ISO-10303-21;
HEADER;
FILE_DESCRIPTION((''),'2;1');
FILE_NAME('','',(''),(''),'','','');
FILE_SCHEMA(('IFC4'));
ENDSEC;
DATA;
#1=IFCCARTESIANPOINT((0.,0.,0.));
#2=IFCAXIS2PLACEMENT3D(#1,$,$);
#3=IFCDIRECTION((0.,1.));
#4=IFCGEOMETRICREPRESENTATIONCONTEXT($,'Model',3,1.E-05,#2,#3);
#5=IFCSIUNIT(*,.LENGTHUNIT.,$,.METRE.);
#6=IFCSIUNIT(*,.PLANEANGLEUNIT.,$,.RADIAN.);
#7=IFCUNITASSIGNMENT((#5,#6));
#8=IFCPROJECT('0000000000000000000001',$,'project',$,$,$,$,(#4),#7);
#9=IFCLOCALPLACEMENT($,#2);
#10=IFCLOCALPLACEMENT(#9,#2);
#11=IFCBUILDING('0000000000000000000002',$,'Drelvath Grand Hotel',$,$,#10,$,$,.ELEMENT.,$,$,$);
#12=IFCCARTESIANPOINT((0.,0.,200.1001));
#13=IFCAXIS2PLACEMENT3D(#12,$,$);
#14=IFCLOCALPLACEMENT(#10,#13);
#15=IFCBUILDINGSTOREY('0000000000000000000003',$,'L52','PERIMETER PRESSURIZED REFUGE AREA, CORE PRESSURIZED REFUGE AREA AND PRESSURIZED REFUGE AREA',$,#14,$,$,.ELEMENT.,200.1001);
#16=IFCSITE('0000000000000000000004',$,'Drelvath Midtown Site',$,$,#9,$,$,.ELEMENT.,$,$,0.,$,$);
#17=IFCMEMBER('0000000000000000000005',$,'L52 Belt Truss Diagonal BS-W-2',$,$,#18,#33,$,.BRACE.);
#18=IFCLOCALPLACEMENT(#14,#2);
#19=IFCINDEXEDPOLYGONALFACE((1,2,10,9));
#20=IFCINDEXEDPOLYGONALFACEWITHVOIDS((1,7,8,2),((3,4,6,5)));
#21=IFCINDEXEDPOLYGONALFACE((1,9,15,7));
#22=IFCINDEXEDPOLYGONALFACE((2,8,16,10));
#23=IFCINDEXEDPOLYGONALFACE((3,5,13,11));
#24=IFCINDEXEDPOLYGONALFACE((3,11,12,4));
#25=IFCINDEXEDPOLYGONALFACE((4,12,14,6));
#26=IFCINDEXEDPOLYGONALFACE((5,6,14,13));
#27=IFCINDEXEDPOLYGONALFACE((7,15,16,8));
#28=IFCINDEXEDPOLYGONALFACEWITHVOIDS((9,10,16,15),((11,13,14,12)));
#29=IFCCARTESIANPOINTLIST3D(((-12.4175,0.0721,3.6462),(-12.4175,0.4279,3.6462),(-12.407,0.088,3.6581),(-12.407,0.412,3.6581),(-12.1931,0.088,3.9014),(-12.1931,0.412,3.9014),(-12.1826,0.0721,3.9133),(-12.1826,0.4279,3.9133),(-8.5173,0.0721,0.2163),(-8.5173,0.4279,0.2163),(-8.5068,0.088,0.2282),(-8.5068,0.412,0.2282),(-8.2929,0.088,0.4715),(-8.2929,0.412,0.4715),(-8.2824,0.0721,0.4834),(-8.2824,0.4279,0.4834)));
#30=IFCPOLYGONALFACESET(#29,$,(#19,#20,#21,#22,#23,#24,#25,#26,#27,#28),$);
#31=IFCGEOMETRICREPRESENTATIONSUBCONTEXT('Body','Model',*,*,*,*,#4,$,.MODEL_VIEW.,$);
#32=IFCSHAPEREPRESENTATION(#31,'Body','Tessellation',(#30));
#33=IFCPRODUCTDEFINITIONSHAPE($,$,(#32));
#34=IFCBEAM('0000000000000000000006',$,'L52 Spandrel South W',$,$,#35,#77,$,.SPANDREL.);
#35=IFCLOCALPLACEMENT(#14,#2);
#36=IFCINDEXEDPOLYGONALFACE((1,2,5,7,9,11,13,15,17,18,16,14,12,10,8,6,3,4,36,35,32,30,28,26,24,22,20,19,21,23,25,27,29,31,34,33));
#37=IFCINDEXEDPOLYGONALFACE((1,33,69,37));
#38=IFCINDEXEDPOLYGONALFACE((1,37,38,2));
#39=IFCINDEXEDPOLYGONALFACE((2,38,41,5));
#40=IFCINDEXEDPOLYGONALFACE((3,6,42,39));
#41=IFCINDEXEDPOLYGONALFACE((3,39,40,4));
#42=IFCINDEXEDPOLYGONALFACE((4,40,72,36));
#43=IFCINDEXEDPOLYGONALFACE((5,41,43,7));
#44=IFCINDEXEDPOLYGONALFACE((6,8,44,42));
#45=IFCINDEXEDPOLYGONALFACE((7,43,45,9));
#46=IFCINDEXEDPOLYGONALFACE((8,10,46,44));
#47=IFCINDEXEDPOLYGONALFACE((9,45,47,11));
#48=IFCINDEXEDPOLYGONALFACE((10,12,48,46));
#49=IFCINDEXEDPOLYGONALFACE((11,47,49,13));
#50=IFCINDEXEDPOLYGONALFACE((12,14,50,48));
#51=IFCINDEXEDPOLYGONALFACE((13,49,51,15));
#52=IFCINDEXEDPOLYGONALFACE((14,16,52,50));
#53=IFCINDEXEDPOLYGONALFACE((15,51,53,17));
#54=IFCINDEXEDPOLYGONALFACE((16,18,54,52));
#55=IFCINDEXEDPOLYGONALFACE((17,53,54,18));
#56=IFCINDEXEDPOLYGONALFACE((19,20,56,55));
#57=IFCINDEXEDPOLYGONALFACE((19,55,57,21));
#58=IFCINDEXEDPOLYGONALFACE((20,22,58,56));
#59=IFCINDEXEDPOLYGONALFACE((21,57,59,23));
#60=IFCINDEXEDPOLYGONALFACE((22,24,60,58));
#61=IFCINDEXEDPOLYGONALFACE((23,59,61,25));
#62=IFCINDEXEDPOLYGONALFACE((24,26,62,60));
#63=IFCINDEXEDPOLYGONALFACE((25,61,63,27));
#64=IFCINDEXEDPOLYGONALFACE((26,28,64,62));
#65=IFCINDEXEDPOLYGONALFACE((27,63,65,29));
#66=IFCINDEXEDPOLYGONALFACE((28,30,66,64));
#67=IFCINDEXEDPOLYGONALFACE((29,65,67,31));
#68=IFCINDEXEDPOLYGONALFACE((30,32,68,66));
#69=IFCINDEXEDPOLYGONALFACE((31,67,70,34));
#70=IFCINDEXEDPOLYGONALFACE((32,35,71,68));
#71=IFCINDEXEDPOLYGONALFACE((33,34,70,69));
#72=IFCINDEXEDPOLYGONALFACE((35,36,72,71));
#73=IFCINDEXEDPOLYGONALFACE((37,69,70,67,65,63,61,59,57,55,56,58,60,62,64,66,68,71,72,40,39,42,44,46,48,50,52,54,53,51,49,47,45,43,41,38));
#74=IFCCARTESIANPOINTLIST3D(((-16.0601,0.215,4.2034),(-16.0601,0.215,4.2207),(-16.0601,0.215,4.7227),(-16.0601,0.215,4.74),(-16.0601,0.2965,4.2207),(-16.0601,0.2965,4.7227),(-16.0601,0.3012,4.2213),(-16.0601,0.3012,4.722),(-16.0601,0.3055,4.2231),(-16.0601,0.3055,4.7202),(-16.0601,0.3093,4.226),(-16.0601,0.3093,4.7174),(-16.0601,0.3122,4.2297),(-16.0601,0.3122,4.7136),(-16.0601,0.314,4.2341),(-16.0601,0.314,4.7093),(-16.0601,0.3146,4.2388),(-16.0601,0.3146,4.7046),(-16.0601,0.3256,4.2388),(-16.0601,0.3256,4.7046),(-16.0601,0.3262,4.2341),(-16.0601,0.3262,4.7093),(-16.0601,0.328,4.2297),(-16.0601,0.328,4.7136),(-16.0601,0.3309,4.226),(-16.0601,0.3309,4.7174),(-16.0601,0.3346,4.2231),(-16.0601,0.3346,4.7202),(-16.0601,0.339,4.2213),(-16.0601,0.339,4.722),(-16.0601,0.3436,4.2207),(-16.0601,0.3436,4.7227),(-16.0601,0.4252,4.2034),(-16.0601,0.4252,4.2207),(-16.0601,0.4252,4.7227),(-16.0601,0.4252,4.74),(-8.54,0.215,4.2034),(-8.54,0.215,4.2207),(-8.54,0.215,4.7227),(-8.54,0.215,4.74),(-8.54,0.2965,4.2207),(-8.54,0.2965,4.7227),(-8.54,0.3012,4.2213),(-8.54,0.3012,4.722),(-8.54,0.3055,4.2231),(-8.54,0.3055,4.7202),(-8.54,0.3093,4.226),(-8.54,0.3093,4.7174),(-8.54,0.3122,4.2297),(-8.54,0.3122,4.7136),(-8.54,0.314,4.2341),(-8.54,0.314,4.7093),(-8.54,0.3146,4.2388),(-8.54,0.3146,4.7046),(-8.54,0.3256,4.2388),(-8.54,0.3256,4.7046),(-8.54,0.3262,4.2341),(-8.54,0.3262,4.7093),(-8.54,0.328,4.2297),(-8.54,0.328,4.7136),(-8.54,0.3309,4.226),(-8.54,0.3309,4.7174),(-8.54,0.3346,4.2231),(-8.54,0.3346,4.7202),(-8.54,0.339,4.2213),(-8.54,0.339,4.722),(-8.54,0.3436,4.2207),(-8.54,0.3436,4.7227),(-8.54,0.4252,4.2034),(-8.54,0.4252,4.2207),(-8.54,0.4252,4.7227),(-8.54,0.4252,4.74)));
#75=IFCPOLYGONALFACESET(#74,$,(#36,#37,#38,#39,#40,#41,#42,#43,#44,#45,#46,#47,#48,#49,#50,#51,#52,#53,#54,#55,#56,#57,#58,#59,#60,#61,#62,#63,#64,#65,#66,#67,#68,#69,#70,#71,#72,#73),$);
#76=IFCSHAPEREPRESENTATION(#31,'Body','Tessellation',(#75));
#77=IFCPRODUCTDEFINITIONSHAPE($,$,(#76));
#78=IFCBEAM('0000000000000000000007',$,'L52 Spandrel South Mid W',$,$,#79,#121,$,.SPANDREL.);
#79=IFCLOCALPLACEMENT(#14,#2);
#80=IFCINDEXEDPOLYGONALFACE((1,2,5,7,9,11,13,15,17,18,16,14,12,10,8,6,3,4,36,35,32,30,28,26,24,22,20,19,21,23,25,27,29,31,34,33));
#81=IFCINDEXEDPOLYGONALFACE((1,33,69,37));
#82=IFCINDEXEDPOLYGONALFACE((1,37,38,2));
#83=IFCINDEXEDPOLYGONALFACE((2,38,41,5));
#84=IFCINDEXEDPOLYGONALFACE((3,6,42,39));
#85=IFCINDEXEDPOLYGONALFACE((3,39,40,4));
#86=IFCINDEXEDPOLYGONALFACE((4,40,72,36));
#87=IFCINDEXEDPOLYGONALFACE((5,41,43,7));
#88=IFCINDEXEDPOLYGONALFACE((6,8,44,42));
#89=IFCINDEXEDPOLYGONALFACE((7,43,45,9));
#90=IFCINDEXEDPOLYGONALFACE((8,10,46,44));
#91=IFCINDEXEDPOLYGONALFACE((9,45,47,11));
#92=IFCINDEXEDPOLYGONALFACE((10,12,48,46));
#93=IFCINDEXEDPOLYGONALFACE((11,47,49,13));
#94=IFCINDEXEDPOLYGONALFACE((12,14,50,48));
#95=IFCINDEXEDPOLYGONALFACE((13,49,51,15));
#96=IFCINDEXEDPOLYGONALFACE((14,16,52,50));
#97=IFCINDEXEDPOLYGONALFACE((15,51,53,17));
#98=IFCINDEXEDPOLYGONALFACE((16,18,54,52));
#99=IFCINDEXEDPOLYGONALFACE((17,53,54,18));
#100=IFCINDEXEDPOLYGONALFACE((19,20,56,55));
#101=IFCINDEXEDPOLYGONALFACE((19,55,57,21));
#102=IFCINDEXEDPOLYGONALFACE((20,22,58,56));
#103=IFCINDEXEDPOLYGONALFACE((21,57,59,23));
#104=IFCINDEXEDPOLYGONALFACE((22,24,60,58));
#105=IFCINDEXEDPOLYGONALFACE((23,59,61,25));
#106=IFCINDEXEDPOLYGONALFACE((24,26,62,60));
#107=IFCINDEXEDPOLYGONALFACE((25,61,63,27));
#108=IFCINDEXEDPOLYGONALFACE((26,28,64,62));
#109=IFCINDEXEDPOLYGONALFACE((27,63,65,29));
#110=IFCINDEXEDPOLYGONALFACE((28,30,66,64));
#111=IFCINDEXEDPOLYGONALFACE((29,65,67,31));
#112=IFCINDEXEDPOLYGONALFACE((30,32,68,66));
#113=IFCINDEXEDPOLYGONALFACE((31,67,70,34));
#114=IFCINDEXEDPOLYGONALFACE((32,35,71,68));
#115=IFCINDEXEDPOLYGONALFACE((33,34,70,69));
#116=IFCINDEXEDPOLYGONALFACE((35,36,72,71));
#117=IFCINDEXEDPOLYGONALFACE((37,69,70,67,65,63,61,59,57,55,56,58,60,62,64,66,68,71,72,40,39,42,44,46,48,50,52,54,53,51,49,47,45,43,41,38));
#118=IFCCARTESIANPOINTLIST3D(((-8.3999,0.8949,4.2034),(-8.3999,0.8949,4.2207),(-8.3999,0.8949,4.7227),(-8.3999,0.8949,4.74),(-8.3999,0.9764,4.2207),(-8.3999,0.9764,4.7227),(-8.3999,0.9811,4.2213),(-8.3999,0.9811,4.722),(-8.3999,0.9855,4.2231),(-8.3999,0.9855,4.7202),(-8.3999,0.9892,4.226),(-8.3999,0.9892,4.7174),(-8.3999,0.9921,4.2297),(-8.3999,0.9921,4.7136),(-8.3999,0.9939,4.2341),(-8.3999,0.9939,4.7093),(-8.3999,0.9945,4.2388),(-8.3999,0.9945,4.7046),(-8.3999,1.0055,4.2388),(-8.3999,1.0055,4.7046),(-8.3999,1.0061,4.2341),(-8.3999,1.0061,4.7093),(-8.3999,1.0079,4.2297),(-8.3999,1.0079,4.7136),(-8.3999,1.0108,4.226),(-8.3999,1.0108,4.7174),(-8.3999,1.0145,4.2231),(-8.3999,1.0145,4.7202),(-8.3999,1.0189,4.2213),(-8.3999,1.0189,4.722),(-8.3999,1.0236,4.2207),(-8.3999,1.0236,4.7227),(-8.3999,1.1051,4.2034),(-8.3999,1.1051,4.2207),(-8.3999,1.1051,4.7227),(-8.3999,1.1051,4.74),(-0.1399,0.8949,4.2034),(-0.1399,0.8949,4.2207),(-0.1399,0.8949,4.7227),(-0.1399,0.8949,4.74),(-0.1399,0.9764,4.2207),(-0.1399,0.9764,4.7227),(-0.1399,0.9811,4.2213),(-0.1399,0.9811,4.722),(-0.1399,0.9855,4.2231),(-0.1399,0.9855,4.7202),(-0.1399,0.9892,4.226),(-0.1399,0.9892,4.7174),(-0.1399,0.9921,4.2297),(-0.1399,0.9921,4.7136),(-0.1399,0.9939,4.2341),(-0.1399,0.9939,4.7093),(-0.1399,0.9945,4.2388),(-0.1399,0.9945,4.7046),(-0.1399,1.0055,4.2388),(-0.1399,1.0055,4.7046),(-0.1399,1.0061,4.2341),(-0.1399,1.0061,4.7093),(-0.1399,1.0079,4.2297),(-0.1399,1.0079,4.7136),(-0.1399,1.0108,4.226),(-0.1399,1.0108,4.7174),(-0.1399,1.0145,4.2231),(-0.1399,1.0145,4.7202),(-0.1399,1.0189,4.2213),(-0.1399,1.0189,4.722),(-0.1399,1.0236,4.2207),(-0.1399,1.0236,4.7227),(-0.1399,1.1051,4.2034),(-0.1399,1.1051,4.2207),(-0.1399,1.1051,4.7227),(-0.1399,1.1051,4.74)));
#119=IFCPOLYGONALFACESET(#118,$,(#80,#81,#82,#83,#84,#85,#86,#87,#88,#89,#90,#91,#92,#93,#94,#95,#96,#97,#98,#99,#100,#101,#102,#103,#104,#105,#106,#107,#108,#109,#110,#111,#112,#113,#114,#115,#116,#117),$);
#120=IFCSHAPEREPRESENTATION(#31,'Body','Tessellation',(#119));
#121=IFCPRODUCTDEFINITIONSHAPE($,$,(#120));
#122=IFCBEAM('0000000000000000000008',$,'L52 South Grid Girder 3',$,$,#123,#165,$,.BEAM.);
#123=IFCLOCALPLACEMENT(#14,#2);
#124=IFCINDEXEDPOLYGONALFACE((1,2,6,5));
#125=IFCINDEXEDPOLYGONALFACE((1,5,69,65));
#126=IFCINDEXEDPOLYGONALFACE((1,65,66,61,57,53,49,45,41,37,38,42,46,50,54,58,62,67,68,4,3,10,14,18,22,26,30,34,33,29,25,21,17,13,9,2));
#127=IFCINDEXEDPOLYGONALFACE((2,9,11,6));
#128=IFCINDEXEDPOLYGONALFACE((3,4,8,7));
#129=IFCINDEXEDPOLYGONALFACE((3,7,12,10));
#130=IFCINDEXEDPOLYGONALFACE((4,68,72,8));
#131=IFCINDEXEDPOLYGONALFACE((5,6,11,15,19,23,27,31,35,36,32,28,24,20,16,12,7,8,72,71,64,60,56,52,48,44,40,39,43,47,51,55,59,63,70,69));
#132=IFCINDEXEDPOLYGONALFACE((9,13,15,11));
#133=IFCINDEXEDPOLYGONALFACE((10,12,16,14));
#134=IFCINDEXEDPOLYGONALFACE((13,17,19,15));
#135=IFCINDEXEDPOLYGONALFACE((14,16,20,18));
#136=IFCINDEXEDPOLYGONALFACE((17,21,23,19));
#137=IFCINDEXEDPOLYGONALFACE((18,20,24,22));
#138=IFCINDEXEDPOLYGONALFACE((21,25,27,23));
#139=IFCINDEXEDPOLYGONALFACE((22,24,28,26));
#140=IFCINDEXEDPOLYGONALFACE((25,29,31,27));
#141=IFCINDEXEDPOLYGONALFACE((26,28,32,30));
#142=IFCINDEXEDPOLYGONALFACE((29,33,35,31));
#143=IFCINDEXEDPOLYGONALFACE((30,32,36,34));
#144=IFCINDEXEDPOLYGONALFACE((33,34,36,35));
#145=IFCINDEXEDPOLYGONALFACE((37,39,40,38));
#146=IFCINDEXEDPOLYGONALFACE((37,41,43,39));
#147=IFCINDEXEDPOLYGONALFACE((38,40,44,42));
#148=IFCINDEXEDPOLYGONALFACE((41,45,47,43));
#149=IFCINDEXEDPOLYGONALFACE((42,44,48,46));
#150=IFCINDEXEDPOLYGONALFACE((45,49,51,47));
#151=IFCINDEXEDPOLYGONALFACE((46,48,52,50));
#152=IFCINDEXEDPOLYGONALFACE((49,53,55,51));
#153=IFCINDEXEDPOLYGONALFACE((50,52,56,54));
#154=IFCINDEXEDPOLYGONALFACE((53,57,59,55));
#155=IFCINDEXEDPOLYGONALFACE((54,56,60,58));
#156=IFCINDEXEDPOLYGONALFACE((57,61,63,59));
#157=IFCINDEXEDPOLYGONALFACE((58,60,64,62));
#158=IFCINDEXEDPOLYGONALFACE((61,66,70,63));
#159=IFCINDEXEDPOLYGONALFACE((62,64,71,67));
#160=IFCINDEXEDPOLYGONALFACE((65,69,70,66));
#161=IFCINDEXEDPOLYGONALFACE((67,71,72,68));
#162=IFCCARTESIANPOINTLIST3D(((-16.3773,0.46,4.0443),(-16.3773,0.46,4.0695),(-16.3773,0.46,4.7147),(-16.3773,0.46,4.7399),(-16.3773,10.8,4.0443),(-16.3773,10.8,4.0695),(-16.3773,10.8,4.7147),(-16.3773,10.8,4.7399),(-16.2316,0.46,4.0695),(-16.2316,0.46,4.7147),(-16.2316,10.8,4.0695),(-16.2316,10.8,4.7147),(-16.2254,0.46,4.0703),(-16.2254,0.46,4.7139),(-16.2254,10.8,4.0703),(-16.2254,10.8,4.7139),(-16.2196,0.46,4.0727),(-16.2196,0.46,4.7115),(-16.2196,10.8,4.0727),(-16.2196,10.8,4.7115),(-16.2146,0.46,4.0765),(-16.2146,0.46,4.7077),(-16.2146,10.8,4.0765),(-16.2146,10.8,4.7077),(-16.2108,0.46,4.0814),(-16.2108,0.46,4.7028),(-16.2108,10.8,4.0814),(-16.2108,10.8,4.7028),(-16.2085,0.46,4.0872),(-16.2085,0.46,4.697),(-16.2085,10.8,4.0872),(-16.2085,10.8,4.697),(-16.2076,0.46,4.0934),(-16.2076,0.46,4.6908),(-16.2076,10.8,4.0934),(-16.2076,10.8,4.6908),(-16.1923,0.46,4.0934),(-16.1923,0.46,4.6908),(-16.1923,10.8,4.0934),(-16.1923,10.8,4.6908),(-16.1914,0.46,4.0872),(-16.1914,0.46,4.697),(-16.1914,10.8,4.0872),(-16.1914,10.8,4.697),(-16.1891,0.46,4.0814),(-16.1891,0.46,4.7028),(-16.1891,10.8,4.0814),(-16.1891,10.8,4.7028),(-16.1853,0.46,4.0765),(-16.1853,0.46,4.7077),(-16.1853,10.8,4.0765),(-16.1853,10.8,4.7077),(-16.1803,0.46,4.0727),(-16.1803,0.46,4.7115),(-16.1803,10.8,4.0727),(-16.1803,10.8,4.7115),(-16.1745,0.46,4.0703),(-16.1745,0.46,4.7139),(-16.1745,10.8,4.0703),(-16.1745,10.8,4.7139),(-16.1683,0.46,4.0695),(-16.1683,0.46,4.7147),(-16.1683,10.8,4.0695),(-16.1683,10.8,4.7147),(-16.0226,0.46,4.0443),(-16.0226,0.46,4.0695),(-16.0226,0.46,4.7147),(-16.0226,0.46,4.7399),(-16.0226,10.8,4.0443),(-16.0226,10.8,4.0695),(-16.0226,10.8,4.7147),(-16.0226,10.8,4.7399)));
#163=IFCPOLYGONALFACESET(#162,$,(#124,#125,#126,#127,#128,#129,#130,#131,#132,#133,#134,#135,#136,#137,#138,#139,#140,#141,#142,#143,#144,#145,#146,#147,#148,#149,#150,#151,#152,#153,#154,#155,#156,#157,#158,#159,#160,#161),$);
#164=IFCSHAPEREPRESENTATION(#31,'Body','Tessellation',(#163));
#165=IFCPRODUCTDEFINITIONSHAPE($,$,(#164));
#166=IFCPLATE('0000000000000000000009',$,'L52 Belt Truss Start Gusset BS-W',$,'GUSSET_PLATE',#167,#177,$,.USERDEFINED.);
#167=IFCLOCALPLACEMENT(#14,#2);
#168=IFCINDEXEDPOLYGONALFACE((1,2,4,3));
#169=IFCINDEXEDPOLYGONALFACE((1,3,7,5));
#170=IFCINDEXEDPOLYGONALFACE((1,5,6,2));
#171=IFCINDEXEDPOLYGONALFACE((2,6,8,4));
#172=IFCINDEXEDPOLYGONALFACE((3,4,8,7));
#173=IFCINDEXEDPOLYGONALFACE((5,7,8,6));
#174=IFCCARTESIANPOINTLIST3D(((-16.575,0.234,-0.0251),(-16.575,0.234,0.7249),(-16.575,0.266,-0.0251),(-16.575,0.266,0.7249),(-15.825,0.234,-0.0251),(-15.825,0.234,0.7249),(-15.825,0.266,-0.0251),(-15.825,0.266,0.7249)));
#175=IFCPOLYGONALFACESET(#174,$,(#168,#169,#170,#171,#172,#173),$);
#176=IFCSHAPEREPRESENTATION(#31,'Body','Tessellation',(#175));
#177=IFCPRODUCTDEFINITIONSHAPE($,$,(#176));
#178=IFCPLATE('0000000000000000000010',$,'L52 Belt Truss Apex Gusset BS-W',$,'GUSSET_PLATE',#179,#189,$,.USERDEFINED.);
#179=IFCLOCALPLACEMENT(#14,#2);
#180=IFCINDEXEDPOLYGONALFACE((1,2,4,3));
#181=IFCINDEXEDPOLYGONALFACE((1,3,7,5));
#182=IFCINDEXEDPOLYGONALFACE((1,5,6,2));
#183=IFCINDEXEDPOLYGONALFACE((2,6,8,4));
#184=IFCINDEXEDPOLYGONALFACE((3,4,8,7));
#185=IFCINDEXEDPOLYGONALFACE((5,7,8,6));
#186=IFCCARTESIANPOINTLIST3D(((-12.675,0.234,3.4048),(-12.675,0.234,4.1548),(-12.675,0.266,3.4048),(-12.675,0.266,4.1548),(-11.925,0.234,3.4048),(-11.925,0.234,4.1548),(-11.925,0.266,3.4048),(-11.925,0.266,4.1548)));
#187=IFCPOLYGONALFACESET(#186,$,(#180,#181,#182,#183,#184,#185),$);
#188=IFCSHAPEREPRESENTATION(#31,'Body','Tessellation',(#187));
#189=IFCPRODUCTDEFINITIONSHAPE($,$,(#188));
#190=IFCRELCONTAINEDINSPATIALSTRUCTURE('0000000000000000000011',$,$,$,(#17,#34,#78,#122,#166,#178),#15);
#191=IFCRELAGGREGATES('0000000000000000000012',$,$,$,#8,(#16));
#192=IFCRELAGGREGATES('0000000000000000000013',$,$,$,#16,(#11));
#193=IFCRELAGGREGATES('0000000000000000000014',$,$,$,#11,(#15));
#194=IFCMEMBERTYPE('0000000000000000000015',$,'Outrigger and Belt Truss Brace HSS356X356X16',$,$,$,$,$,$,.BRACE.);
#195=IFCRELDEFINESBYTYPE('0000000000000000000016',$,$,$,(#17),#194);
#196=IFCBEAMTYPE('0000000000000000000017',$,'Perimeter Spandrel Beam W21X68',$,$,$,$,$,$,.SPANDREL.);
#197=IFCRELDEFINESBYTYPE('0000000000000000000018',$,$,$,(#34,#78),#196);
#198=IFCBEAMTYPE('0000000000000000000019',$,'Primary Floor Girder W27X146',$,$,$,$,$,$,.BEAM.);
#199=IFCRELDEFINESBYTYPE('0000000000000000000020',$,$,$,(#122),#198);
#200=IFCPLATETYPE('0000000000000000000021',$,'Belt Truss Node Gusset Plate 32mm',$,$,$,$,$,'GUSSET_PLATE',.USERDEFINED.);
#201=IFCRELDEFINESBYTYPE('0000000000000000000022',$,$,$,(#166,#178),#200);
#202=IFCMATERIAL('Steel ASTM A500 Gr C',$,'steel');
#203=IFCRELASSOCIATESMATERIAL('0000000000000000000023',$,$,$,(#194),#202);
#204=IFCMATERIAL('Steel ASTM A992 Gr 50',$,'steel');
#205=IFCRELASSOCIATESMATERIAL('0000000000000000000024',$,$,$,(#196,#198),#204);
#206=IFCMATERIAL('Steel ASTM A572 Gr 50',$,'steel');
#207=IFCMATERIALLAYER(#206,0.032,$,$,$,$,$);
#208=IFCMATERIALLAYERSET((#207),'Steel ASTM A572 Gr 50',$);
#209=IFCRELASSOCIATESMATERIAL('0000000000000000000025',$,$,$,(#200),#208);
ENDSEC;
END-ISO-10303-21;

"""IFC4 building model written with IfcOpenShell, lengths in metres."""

from ifc_helpers import new_model, si_unit, direction, frame, origin, origin_2d, place, context, subcontext, project, spatial, rectangle, hollow_rectangle, i_section, extrude, material, layer, layer_set, material_profile, profile_set, type_object, element, save


model = new_model("IFC4")

# Units and contexts
model_context = context("Model", 3, precision=1e-05, world=origin(), true_north=direction((0.0, 1.0)))
body_context = subcontext(model_context, "Body", "Model", "MODEL_VIEW")
ifc_project = project(units=[si_unit("LENGTHUNIT", "METRE"), si_unit("PLANEANGLEUNIT", "RADIAN")], contexts=[model_context])

# Site, building, storey
site_placement = place(None, origin())
site = spatial("IfcSite", under=ifc_project, at=site_placement, Name="Drelvath Midtown Site", CompositionType="ELEMENT", RefElevation=0.0)
building_placement = place(site_placement, origin())
building = spatial("IfcBuilding", under=site, at=building_placement, Name="Drelvath Grand Hotel", CompositionType="ELEMENT")
storey_placement = place(building_placement, frame((0.0, 0.0, 200.1001)))
storey = spatial("IfcBuildingStorey", under=building, at=storey_placement, Name="L52", Description="PERIMETER PRESSURIZED REFUGE AREA, CORE PRESSURIZED REFUGE AREA AND PRESSURIZED REFUGE AREA", CompositionType="ELEMENT", Elevation=200.1001)

# Shared definitions
ifc_material_1 = material(Name="Steel ASTM A572 Gr 50", Category="steel")

# Member
ifc_material_2 = material(Name="Steel ASTM A500 Gr C", Category="steel")
ifc_material_profile_1 = material_profile(ifc_material_2, hollow_rectangle(XDim=0.3557, YDim=0.3557, WallThickness=0.0159, at=origin_2d()), Name="HSS356X356X16")
ifc_profile_set_1 = profile_set([ifc_material_profile_1], Name="Steel ASTM A500 Gr C")
member_type = type_object("IfcMemberType", Name="Outrigger and Belt Truss Brace HSS356X356X16", PredefinedType="BRACE", material=ifc_profile_set_1)
member_placement = place(storey_placement, frame((-12.3, 0.25, 3.7798), z_axis=(0.750923, 0.0, -0.660389), x_axis=(0.0, 1.0, 0.0)))
element("IfcMember", 1, at=member_placement, inside=storey, type_object=member_type, Name="L52 Belt Truss Diagonal BS-W-2", PredefinedType="BRACE", context=body_context, shape_type="SweptSolid", body=[
    extrude(hollow_rectangle(XDim=0.3557, YDim=0.3557, WallThickness=0.0159, at=origin_2d()), origin(), (0.0, 0.0, 1.0), 5.1938),
])

# Beams
ifc_material_3 = material(Name="Steel ASTM A992 Gr 50", Category="steel")
ifc_material_profile_2 = material_profile(ifc_material_3, i_section(OverallWidth=0.2102, OverallDepth=0.5366, WebThickness=0.011, FlangeThickness=0.0173, FilletRadius=0.0181, at=origin_2d()), Name="W21X68")
ifc_profile_set_2 = profile_set([ifc_material_profile_2], Name="Steel ASTM A992 Gr 50")
beam_type_1 = type_object("IfcBeamType", Name="Perimeter Spandrel Beam W21X68", PredefinedType="SPANDREL", material=ifc_profile_set_2)
beam_1_placement = place(storey_placement, frame((-16.0601, 0.3201, 4.4717), z_axis=(1.0, 0.0, 0.0), x_axis=(0.0, 1.0, 0.0)))
element("IfcBeam", 2, at=beam_1_placement, inside=storey, type_object=beam_type_1, Name="L52 Spandrel South W", PredefinedType="SPANDREL", context=body_context, shape_type="SweptSolid", body=[
    extrude(i_section(OverallWidth=0.2102, OverallDepth=0.5366, WebThickness=0.011, FlangeThickness=0.0173, FilletRadius=0.0181, at=origin_2d()), origin(), (0.0, 0.0, 1.0), 7.52),
])
beam_2_placement = place(storey_placement, frame((-8.3999, 1.0, 4.4717), z_axis=(1.0, 0.0, 0.0), x_axis=(0.0, 1.0, 0.0)))
element("IfcBeam", 3, at=beam_2_placement, inside=storey, type_object=beam_type_1, Name="L52 Spandrel South Mid W", PredefinedType="SPANDREL", context=body_context, shape_type="SweptSolid", body=[
    extrude(i_section(OverallWidth=0.2102, OverallDepth=0.5366, WebThickness=0.011, FlangeThickness=0.0173, FilletRadius=0.0181, at=origin_2d()), origin(), (0.0, 0.0, 1.0), 8.26),
])
ifc_material_profile_3 = material_profile(ifc_material_3, i_section(OverallWidth=0.3547, OverallDepth=0.6956, WebThickness=0.0154, FlangeThickness=0.0251, FilletRadius=0.0239, at=origin_2d()), Name="W27X146")
ifc_profile_set_3 = profile_set([ifc_material_profile_3], Name="Steel ASTM A992 Gr 50")
beam_type_2 = type_object("IfcBeamType", Name="Primary Floor Girder W27X146", PredefinedType="BEAM", material=ifc_profile_set_3)
beam_3_placement = place(storey_placement, frame((-16.2, 0.46, 4.3921), z_axis=(0.0, 1.0, 0.0), x_axis=(-1.0, 0.0, 0.0)))
element("IfcBeam", 4, at=beam_3_placement, inside=storey, type_object=beam_type_2, Name="L52 South Grid Girder 3", PredefinedType="BEAM", context=body_context, shape_type="SweptSolid", body=[
    extrude(i_section(OverallWidth=0.3547, OverallDepth=0.6956, WebThickness=0.0154, FlangeThickness=0.0251, FilletRadius=0.0239, at=origin_2d()), origin(), (0.0, 0.0, 1.0), 10.3401),
])

# Plates
ifc_layer_1 = layer(ifc_material_1, 0.032)
ifc_layer_set_1 = layer_set([ifc_layer_1], Name="Steel ASTM A572 Gr 50")
plate_type_1 = type_object("IfcPlateType", Name="Belt Truss Node Gusset Plate 32mm", ElementType="GUSSET_PLATE", PredefinedType="USERDEFINED", material=ifc_layer_set_1)
for number, where, z_axis, x_axis, name in (
    (5, (-16.2, 0.25, -0.0251), (0.0, 0.0, 1.0), (1.0, 0.0, 0.0), "L52 Belt Truss Start Gusset BS-W"),
    (6, (-12.3, 0.25, 3.4048), (0.0, 0.0, 1.0), (1.0, 0.0, 0.0), "L52 Belt Truss Apex Gusset BS-W"),
):
    element("IfcPlate", number, at=place(storey_placement, frame(where, z_axis=z_axis, x_axis=x_axis)), inside=storey, type_object=plate_type_1, Name=name, ObjectType="GUSSET_PLATE", PredefinedType="USERDEFINED", context=body_context, shape_type="SweptSolid", body=[
        extrude(rectangle(XDim=0.75, YDim=0.032, at=origin_2d()), origin(), (0.0, 0.0, 1.0), 0.75),
    ])

save(model, "model.ifc")
